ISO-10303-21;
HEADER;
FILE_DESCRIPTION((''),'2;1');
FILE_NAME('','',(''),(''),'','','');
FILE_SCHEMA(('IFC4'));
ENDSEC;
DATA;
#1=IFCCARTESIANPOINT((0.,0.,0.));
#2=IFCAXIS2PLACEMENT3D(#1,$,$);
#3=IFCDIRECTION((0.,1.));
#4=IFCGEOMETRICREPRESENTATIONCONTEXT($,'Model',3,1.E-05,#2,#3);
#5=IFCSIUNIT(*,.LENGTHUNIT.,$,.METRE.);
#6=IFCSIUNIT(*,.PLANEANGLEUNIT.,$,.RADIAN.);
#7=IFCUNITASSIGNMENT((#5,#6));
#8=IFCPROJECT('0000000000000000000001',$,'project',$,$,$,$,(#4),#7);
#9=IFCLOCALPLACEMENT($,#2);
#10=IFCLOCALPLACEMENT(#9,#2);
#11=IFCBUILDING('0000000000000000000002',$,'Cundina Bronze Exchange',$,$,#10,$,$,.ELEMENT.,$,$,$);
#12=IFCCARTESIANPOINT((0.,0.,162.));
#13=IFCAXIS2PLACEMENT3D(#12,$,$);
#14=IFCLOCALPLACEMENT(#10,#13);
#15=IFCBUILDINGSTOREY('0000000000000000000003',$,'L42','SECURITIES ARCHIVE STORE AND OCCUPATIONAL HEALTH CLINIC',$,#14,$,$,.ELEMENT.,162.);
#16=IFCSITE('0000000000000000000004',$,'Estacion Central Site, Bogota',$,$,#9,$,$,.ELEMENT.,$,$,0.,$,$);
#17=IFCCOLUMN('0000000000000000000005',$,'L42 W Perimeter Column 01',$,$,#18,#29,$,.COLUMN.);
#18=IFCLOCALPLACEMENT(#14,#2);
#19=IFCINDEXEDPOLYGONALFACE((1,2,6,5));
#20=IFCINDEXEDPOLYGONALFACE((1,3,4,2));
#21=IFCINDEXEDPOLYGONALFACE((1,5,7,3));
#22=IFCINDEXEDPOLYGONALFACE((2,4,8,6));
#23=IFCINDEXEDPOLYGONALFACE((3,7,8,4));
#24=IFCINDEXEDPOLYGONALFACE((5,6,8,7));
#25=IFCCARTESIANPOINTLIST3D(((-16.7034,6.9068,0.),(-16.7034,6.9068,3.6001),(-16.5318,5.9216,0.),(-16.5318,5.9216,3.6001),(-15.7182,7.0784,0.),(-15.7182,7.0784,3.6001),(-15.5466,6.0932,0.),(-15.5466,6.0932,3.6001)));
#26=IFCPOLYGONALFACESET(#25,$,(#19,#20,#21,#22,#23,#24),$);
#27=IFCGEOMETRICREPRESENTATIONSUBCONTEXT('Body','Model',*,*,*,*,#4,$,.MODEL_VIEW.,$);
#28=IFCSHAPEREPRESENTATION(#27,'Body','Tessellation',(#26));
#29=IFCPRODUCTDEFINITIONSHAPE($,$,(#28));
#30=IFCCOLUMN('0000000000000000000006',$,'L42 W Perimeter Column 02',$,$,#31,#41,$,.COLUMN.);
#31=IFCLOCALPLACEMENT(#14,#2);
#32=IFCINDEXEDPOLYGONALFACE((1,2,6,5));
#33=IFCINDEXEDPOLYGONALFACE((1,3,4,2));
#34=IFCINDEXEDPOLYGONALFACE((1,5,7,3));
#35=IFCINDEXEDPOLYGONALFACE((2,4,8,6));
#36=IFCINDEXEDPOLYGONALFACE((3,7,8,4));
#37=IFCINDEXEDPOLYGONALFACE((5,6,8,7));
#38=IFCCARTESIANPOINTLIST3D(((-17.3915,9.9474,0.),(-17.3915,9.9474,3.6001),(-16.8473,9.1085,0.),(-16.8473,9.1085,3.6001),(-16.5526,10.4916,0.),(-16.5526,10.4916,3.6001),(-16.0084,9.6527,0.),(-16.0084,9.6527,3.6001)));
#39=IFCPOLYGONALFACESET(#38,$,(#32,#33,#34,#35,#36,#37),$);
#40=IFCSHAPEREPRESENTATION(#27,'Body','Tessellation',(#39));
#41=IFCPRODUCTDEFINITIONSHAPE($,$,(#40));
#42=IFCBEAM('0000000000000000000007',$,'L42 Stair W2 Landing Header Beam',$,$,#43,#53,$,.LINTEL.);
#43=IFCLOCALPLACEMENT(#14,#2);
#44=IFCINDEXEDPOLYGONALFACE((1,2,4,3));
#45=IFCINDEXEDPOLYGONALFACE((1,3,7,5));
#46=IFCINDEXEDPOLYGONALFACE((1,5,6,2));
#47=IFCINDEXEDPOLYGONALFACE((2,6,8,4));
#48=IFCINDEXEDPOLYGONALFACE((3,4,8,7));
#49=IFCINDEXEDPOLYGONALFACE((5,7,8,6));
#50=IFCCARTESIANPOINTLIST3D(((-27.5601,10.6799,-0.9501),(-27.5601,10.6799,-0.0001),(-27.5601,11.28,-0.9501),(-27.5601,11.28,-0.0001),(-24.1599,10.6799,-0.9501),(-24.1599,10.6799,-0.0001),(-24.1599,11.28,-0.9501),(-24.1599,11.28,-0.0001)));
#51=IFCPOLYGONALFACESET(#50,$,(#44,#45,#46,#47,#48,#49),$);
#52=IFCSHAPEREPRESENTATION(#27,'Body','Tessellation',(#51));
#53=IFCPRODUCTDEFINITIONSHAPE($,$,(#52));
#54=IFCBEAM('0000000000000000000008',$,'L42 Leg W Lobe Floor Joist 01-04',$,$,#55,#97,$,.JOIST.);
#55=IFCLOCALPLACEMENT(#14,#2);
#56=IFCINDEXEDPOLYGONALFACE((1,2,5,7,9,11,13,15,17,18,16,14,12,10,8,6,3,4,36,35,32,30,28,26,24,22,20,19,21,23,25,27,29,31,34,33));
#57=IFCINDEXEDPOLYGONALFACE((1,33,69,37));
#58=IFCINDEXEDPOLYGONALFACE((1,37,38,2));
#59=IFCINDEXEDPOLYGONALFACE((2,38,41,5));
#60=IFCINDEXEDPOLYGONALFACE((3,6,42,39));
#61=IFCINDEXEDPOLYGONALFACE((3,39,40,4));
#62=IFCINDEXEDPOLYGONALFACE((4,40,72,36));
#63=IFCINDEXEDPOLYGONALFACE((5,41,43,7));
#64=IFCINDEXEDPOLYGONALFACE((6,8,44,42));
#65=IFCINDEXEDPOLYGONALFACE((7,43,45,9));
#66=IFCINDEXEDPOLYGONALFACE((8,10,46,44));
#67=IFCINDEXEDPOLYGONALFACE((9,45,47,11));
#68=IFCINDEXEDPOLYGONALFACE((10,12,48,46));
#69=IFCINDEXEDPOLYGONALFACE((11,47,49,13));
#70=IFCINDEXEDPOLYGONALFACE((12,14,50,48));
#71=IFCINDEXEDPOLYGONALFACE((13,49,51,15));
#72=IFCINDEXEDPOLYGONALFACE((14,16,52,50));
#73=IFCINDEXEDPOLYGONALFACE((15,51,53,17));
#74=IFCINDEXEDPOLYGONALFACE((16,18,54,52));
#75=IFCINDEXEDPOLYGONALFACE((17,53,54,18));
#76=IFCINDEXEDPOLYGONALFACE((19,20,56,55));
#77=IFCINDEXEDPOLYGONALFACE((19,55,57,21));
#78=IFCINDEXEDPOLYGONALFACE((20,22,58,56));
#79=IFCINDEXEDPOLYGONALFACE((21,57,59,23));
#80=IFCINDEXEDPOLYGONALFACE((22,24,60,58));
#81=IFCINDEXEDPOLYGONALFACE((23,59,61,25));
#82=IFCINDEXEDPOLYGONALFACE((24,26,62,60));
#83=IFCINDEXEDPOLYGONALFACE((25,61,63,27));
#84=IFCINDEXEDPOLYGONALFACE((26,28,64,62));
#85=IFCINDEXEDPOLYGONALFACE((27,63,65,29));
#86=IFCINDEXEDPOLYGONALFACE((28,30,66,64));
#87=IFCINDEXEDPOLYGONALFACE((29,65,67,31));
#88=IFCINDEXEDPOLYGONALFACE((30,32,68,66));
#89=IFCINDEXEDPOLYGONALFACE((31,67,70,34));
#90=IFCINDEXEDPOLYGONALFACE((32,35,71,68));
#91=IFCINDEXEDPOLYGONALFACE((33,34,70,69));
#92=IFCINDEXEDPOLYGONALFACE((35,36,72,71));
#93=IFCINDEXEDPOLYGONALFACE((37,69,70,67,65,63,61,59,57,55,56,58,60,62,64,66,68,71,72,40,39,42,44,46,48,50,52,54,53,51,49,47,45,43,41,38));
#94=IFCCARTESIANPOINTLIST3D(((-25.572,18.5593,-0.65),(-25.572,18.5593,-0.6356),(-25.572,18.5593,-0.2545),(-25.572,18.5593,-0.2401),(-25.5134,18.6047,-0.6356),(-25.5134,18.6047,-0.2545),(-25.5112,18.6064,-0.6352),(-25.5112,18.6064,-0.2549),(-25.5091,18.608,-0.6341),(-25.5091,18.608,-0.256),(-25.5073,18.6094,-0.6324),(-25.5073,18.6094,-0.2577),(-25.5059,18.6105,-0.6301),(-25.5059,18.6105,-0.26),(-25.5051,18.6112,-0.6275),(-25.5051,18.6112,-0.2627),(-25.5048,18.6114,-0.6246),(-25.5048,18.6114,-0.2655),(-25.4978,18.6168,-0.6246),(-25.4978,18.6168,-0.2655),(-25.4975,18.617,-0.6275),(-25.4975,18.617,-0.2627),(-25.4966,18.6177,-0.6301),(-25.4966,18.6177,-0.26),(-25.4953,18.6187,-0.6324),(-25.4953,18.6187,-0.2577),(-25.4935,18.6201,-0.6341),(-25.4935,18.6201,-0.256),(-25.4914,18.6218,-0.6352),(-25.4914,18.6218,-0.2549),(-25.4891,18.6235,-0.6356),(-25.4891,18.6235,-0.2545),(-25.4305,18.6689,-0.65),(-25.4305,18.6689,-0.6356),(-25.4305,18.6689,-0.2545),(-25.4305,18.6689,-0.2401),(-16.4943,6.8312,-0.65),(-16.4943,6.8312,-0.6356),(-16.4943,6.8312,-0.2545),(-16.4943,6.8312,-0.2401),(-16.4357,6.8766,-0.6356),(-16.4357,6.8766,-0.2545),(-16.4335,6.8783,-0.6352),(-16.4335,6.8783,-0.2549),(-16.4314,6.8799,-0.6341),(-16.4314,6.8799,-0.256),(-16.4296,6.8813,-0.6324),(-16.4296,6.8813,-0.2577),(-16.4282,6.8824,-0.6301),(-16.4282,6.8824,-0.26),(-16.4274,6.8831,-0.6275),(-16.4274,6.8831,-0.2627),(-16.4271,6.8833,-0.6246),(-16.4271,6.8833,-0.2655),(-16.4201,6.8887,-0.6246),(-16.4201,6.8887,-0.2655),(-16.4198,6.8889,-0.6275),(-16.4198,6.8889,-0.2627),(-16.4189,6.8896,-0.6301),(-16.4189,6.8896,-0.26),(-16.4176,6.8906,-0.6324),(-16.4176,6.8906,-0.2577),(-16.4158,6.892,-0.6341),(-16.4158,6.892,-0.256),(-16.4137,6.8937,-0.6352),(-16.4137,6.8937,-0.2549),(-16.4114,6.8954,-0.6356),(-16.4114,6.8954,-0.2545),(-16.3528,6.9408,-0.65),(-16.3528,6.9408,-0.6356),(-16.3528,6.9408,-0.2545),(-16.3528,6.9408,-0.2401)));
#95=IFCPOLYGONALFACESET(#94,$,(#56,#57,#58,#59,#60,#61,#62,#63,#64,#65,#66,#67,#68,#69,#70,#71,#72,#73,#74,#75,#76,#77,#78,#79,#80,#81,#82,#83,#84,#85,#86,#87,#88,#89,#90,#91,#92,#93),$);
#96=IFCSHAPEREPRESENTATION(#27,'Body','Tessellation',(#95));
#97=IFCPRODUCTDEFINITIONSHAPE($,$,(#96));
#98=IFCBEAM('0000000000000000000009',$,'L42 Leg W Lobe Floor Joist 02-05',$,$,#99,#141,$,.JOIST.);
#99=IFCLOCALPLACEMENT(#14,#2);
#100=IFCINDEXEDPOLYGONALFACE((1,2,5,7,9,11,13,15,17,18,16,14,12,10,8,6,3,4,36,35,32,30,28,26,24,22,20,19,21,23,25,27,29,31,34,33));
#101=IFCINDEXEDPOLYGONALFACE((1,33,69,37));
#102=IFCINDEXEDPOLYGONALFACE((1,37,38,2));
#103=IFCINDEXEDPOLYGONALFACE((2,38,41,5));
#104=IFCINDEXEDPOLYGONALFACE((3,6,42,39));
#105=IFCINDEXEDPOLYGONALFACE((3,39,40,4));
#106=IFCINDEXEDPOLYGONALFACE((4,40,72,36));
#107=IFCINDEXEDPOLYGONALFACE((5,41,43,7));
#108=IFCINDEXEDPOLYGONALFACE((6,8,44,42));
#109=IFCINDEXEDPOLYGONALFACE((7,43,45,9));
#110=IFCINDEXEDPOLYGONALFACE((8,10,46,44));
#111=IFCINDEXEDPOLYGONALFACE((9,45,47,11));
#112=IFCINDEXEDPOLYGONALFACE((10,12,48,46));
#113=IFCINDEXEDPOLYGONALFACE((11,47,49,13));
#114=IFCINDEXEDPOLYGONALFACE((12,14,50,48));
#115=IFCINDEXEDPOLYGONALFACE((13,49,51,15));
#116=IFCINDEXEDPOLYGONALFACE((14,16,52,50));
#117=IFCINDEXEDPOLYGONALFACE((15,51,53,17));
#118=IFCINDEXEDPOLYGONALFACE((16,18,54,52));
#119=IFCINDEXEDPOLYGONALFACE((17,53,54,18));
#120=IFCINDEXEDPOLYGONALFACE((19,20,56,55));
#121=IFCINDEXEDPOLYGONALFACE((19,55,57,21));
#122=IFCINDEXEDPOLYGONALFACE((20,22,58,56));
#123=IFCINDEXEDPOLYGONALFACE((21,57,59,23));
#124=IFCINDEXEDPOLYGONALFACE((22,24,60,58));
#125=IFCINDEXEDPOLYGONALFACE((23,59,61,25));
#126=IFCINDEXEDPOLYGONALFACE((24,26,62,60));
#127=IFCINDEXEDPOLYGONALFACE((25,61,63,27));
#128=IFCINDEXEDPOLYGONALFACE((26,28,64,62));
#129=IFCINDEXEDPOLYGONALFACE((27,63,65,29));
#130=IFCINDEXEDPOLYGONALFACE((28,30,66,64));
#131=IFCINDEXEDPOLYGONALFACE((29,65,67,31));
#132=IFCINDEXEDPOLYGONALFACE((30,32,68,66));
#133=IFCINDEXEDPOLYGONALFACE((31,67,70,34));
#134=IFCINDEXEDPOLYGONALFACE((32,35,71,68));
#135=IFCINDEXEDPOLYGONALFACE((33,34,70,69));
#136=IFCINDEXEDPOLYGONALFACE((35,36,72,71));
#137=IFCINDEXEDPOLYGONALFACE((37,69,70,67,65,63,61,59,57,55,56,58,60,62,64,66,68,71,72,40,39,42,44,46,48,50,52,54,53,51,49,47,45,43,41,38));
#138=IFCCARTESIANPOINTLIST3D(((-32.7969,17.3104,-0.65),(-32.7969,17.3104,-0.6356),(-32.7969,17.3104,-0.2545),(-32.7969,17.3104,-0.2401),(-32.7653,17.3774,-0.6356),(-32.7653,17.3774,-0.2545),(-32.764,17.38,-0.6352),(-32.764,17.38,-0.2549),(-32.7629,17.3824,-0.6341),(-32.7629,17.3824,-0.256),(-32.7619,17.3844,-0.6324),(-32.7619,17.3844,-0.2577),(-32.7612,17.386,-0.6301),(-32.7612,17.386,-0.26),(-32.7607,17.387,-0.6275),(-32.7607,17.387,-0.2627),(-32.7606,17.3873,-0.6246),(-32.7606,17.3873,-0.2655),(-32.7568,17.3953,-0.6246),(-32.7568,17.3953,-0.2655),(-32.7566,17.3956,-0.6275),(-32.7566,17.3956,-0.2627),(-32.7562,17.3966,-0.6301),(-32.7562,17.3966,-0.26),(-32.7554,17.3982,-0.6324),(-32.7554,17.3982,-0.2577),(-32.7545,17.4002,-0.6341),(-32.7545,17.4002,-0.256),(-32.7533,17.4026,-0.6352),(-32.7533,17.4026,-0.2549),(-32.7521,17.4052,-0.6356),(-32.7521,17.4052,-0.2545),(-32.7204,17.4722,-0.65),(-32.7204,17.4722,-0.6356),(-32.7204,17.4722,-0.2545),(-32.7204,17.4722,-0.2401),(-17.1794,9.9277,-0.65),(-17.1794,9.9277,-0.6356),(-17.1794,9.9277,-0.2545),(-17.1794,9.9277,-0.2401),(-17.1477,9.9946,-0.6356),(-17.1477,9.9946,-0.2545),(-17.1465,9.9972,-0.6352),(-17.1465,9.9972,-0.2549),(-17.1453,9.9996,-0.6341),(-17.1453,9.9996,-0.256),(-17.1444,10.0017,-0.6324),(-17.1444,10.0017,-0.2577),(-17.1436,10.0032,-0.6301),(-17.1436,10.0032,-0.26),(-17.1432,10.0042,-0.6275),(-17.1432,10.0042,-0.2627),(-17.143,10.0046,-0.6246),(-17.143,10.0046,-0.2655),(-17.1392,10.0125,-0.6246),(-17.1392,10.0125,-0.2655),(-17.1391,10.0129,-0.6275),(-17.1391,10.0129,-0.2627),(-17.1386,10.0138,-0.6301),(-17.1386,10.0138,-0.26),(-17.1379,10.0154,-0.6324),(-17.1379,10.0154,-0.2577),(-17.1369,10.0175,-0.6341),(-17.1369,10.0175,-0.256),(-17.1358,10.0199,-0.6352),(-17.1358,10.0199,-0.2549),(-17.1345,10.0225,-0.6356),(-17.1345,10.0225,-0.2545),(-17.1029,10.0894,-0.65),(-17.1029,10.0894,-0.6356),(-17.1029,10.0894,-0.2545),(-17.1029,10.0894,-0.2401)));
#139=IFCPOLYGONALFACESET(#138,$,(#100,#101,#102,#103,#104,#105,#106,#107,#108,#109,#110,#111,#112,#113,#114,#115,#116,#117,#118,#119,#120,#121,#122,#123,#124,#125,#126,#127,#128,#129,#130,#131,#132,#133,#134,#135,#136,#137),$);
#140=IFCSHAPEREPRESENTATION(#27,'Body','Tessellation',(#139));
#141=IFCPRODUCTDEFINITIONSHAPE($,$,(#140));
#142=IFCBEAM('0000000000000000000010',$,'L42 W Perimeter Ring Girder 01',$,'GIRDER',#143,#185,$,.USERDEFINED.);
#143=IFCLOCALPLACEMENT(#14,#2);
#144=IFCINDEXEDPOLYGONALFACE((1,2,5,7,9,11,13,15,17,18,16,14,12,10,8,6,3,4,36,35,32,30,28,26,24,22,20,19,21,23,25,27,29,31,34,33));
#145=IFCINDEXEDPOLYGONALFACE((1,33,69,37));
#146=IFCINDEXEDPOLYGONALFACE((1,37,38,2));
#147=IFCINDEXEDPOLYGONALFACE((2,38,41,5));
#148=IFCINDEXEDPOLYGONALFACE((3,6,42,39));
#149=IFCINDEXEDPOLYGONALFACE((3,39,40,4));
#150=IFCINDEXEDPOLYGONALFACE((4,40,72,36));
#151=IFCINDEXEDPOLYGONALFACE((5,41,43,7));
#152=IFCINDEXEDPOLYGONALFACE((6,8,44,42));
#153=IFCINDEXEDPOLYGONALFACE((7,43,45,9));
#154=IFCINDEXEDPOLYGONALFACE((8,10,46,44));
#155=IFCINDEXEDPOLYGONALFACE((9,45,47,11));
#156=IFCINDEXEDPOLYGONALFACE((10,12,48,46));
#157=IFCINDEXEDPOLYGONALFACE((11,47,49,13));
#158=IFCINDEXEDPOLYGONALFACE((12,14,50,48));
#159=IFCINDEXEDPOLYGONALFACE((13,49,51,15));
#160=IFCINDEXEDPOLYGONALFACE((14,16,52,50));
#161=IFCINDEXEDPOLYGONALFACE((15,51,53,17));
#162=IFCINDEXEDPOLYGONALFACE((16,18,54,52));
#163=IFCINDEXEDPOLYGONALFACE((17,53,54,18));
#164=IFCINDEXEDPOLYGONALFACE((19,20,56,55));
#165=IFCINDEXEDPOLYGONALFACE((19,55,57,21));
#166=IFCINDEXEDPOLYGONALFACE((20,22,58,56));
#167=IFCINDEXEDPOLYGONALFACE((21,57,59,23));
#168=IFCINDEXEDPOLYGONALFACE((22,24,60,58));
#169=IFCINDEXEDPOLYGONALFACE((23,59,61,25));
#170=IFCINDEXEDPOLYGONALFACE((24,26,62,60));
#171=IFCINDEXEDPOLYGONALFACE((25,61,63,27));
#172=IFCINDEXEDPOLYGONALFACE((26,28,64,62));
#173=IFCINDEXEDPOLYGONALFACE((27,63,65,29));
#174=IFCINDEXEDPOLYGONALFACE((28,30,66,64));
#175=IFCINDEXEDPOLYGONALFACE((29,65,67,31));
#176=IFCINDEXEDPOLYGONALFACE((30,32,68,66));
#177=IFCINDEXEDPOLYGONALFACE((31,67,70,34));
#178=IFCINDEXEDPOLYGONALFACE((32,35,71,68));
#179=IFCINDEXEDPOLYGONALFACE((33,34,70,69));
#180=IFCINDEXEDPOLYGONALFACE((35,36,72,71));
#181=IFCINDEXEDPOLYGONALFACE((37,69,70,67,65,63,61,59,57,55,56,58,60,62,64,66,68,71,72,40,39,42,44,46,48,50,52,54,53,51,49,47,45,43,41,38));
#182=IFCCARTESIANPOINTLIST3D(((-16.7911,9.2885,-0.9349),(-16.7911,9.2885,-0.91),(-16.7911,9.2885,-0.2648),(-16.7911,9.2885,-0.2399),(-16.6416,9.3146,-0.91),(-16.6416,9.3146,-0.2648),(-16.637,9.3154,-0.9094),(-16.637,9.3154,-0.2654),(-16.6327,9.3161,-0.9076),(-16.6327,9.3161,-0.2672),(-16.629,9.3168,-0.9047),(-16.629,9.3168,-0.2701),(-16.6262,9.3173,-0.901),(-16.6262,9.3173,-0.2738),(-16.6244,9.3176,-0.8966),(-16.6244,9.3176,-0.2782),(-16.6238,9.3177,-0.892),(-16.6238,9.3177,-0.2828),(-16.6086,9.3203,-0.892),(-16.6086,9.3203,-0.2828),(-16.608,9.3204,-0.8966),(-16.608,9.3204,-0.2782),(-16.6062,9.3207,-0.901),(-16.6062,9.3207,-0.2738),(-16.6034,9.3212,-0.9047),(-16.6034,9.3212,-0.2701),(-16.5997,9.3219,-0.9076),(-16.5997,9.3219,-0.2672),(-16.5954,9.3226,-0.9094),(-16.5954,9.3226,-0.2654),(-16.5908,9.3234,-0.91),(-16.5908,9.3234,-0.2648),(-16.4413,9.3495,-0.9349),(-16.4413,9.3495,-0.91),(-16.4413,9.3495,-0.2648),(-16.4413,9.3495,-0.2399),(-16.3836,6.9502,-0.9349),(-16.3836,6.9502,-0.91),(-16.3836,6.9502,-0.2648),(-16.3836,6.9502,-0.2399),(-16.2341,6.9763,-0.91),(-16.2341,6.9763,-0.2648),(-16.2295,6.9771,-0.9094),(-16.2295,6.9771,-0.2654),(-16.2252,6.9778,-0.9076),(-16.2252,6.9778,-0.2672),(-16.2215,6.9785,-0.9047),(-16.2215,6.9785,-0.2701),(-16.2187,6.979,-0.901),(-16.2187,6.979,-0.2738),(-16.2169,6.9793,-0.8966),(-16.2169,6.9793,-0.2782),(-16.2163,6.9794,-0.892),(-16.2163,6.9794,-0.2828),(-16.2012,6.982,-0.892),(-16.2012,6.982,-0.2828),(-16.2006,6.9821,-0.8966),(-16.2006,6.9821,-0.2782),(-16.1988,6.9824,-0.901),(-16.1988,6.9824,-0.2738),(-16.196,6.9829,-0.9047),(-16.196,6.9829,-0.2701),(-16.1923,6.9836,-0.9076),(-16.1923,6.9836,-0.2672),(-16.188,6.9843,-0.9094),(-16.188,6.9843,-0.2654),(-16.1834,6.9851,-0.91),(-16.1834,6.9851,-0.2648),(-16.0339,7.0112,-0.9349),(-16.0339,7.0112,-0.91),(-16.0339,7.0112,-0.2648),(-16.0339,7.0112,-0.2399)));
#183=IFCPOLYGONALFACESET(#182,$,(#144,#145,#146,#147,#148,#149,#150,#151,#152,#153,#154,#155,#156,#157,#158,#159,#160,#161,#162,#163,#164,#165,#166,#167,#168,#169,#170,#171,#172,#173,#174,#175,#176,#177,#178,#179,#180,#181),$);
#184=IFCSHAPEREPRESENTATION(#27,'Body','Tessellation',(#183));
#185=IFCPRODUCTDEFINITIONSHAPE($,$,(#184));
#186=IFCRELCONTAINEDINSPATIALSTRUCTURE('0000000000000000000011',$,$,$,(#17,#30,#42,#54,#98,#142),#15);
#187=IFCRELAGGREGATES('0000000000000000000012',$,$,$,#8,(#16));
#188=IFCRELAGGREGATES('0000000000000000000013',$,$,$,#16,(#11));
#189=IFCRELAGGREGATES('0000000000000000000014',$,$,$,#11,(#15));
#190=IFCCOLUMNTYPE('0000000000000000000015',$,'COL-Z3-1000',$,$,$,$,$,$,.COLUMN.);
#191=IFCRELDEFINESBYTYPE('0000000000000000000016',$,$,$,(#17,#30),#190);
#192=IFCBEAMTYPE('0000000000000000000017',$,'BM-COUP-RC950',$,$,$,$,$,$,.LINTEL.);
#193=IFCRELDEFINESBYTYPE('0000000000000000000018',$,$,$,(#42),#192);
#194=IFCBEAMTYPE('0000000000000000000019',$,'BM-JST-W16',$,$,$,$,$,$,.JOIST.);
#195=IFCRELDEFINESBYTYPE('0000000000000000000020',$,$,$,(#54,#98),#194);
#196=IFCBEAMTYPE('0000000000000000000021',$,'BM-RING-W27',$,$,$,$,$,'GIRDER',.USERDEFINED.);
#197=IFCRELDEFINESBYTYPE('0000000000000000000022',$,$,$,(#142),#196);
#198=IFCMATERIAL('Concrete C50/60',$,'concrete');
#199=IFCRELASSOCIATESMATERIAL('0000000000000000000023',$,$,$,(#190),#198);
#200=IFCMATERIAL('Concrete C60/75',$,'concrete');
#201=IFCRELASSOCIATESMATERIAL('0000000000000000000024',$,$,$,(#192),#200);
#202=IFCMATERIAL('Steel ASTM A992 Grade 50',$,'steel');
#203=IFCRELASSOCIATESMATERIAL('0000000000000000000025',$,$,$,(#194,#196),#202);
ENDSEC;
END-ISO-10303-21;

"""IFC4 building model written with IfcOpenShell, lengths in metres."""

from ifc_helpers import new_model, si_unit, direction, frame, origin, origin_2d, place, context, subcontext, project, spatial, rectangle, i_section, extrude, material, material_profile, profile_set, type_object, element, save


model = new_model("IFC4")

# Units and contexts
model_context = context("Model", 3, precision=1e-05, world=origin(), true_north=direction((0.0, 1.0)))
body_context = subcontext(model_context, "Body", "Model", "MODEL_VIEW")
ifc_project = project(units=[si_unit("LENGTHUNIT", "METRE"), si_unit("PLANEANGLEUNIT", "RADIAN")], contexts=[model_context])

# Site, building, storey
site_placement = place(None, origin())
site = spatial("IfcSite", under=ifc_project, at=site_placement, Name="Estacion Central Site, Bogota", CompositionType="ELEMENT", RefElevation=0.0)
building_placement = place(site_placement, origin())
building = spatial("IfcBuilding", under=site, at=building_placement, Name="Cundina Bronze Exchange", CompositionType="ELEMENT")
storey_placement = place(building_placement, frame((0.0, 0.0, 162.0)))
storey = spatial("IfcBuildingStorey", under=building, at=storey_placement, Name="L42", Description="SECURITIES ARCHIVE STORE AND OCCUPATIONAL HEALTH CLINIC", CompositionType="ELEMENT", Elevation=162.0)

# Columns
ifc_material_1 = material(Name="Concrete C50/60", Category="concrete")
ifc_material_profile_1 = material_profile(ifc_material_1, rectangle(XDim=1.0, YDim=1.0, at=origin_2d()), Name="RC1000X1000", Category="concrete")
ifc_profile_set_1 = profile_set([ifc_material_profile_1], Name="Concrete C50/60")
column_type = type_object("IfcColumnType", Name="COL-Z3-1000", PredefinedType="COLUMN", material=ifc_profile_set_1)
for number, where, z_axis, x_axis, name in (
    (1, (-16.125, 6.5, 0.0), (0.0, 0.0, 1.0), (-0.171585, 0.985169, 0.0), "L42 W Perimeter Column 01"),
    (2, (-16.7, 9.8, 0.0), (0.0, 0.0, 1.0), (-0.5442, 0.838956, 0.0), "L42 W Perimeter Column 02"),
):
    element("IfcColumn", number, at=place(storey_placement, frame(where, z_axis=z_axis, x_axis=x_axis)), inside=storey, type_object=column_type, Name=name, PredefinedType="COLUMN", context=body_context, shape_type="SweptSolid", body=[
        extrude(rectangle(XDim=1.0, YDim=1.0, at=origin_2d()), origin(), (0.0, 0.0, 1.0), 3.6001),
    ])

# Beams
ifc_material_2 = material(Name="Concrete C60/75", Category="concrete")
ifc_material_profile_2 = material_profile(ifc_material_2, rectangle(XDim=0.6001, YDim=0.95, at=origin_2d()), Name="RC600X950", Category="concrete")
ifc_profile_set_2 = profile_set([ifc_material_profile_2], Name="Concrete C60/75")
beam_type_1 = type_object("IfcBeamType", Name="BM-COUP-RC950", PredefinedType="LINTEL", material=ifc_profile_set_2)
beam_1_placement = place(storey_placement, frame((-27.5601, 10.98, -0.4751), z_axis=(1.0, 0.0, 0.0), x_axis=(0.0, 1.0, 0.0)))
element("IfcBeam", 3, at=beam_1_placement, inside=storey, type_object=beam_type_1, Name="L42 Stair W2 Landing Header Beam", PredefinedType="LINTEL", context=body_context, shape_type="SweptSolid", body=[
    extrude(rectangle(XDim=0.6001, YDim=0.95, at=origin_2d()), origin(), (0.0, 0.0, 1.0), 3.4001),
])
ifc_material_3 = material(Name="Steel ASTM A992 Grade 50", Category="steel")
ifc_material_profile_3 = material_profile(ifc_material_3, i_section(OverallWidth=0.179, OverallDepth=0.4099, WebThickness=0.0088, FlangeThickness=0.0144, FilletRadius=0.011, at=origin_2d()), Name="W16X45", Category="steel")
ifc_profile_set_3 = profile_set([ifc_material_profile_3], Name="Steel ASTM A992 Grade 50")
beam_type_2 = type_object("IfcBeamType", Name="BM-JST-W16", PredefinedType="JOIST", material=ifc_profile_set_3)
beam_2_placement = place(storey_placement, frame((-16.4236, 6.886, -0.4451), z_axis=(-0.612084, 0.790793, 0.0), x_axis=(-0.790793, -0.612084, 0.0)))
element("IfcBeam", 4, at=beam_2_placement, inside=storey, type_object=beam_type_2, Name="L42 Leg W Lobe Floor Joist 01-04", PredefinedType="JOIST", context=body_context, shape_type="SweptSolid", body=[
    extrude(i_section(OverallWidth=0.179, OverallDepth=0.4099, WebThickness=0.0088, FlangeThickness=0.0144, FilletRadius=0.011, at=origin_2d()), origin(), (0.0, 0.0, 1.0), 14.8308),
])
beam_3_placement = place(storey_placement, frame((-17.1411, 10.0085, -0.4451), z_axis=(-0.904074, 0.427375, 0.0), x_axis=(-0.427375, -0.904074, 0.0)))
element("IfcBeam", 5, at=beam_3_placement, inside=storey, type_object=beam_type_2, Name="L42 Leg W Lobe Floor Joist 02-05", PredefinedType="JOIST", context=body_context, shape_type="SweptSolid", body=[
    extrude(i_section(OverallWidth=0.179, OverallDepth=0.4099, WebThickness=0.0088, FlangeThickness=0.0144, FilletRadius=0.011, at=origin_2d()), origin(), (0.0, 0.0, 1.0), 17.2747),
])
ifc_material_profile_4 = material_profile(ifc_material_3, i_section(OverallWidth=0.355, OverallDepth=0.6951, WebThickness=0.0154, FlangeThickness=0.0249, FilletRadius=0.0181, at=origin_2d()), Name="W27X146", Category="steel")
ifc_profile_set_4 = profile_set([ifc_material_profile_4], Name="Steel ASTM A992 Grade 50")
beam_type_3 = type_object("IfcBeamType", Name="BM-RING-W27", ElementType="GIRDER", PredefinedType="USERDEFINED", material=ifc_profile_set_4)
beam_4_placement = place(storey_placement, frame((-16.2087, 6.9807, -0.5874), z_axis=(-0.171667, 0.985155, 0.0), x_axis=(-0.985155, -0.171667, 0.0)))
element("IfcBeam", 6, at=beam_4_placement, inside=storey, type_object=beam_type_3, Name="L42 W Perimeter Ring Girder 01", ObjectType="GIRDER", PredefinedType="USERDEFINED", context=body_context, shape_type="SweptSolid", body=[
    extrude(i_section(OverallWidth=0.355, OverallDepth=0.6951, WebThickness=0.0154, FlangeThickness=0.0249, FilletRadius=0.0181, at=origin_2d()), origin(), (0.0, 0.0, 1.0), 2.3735),
])

save(model, "model.ifc")
